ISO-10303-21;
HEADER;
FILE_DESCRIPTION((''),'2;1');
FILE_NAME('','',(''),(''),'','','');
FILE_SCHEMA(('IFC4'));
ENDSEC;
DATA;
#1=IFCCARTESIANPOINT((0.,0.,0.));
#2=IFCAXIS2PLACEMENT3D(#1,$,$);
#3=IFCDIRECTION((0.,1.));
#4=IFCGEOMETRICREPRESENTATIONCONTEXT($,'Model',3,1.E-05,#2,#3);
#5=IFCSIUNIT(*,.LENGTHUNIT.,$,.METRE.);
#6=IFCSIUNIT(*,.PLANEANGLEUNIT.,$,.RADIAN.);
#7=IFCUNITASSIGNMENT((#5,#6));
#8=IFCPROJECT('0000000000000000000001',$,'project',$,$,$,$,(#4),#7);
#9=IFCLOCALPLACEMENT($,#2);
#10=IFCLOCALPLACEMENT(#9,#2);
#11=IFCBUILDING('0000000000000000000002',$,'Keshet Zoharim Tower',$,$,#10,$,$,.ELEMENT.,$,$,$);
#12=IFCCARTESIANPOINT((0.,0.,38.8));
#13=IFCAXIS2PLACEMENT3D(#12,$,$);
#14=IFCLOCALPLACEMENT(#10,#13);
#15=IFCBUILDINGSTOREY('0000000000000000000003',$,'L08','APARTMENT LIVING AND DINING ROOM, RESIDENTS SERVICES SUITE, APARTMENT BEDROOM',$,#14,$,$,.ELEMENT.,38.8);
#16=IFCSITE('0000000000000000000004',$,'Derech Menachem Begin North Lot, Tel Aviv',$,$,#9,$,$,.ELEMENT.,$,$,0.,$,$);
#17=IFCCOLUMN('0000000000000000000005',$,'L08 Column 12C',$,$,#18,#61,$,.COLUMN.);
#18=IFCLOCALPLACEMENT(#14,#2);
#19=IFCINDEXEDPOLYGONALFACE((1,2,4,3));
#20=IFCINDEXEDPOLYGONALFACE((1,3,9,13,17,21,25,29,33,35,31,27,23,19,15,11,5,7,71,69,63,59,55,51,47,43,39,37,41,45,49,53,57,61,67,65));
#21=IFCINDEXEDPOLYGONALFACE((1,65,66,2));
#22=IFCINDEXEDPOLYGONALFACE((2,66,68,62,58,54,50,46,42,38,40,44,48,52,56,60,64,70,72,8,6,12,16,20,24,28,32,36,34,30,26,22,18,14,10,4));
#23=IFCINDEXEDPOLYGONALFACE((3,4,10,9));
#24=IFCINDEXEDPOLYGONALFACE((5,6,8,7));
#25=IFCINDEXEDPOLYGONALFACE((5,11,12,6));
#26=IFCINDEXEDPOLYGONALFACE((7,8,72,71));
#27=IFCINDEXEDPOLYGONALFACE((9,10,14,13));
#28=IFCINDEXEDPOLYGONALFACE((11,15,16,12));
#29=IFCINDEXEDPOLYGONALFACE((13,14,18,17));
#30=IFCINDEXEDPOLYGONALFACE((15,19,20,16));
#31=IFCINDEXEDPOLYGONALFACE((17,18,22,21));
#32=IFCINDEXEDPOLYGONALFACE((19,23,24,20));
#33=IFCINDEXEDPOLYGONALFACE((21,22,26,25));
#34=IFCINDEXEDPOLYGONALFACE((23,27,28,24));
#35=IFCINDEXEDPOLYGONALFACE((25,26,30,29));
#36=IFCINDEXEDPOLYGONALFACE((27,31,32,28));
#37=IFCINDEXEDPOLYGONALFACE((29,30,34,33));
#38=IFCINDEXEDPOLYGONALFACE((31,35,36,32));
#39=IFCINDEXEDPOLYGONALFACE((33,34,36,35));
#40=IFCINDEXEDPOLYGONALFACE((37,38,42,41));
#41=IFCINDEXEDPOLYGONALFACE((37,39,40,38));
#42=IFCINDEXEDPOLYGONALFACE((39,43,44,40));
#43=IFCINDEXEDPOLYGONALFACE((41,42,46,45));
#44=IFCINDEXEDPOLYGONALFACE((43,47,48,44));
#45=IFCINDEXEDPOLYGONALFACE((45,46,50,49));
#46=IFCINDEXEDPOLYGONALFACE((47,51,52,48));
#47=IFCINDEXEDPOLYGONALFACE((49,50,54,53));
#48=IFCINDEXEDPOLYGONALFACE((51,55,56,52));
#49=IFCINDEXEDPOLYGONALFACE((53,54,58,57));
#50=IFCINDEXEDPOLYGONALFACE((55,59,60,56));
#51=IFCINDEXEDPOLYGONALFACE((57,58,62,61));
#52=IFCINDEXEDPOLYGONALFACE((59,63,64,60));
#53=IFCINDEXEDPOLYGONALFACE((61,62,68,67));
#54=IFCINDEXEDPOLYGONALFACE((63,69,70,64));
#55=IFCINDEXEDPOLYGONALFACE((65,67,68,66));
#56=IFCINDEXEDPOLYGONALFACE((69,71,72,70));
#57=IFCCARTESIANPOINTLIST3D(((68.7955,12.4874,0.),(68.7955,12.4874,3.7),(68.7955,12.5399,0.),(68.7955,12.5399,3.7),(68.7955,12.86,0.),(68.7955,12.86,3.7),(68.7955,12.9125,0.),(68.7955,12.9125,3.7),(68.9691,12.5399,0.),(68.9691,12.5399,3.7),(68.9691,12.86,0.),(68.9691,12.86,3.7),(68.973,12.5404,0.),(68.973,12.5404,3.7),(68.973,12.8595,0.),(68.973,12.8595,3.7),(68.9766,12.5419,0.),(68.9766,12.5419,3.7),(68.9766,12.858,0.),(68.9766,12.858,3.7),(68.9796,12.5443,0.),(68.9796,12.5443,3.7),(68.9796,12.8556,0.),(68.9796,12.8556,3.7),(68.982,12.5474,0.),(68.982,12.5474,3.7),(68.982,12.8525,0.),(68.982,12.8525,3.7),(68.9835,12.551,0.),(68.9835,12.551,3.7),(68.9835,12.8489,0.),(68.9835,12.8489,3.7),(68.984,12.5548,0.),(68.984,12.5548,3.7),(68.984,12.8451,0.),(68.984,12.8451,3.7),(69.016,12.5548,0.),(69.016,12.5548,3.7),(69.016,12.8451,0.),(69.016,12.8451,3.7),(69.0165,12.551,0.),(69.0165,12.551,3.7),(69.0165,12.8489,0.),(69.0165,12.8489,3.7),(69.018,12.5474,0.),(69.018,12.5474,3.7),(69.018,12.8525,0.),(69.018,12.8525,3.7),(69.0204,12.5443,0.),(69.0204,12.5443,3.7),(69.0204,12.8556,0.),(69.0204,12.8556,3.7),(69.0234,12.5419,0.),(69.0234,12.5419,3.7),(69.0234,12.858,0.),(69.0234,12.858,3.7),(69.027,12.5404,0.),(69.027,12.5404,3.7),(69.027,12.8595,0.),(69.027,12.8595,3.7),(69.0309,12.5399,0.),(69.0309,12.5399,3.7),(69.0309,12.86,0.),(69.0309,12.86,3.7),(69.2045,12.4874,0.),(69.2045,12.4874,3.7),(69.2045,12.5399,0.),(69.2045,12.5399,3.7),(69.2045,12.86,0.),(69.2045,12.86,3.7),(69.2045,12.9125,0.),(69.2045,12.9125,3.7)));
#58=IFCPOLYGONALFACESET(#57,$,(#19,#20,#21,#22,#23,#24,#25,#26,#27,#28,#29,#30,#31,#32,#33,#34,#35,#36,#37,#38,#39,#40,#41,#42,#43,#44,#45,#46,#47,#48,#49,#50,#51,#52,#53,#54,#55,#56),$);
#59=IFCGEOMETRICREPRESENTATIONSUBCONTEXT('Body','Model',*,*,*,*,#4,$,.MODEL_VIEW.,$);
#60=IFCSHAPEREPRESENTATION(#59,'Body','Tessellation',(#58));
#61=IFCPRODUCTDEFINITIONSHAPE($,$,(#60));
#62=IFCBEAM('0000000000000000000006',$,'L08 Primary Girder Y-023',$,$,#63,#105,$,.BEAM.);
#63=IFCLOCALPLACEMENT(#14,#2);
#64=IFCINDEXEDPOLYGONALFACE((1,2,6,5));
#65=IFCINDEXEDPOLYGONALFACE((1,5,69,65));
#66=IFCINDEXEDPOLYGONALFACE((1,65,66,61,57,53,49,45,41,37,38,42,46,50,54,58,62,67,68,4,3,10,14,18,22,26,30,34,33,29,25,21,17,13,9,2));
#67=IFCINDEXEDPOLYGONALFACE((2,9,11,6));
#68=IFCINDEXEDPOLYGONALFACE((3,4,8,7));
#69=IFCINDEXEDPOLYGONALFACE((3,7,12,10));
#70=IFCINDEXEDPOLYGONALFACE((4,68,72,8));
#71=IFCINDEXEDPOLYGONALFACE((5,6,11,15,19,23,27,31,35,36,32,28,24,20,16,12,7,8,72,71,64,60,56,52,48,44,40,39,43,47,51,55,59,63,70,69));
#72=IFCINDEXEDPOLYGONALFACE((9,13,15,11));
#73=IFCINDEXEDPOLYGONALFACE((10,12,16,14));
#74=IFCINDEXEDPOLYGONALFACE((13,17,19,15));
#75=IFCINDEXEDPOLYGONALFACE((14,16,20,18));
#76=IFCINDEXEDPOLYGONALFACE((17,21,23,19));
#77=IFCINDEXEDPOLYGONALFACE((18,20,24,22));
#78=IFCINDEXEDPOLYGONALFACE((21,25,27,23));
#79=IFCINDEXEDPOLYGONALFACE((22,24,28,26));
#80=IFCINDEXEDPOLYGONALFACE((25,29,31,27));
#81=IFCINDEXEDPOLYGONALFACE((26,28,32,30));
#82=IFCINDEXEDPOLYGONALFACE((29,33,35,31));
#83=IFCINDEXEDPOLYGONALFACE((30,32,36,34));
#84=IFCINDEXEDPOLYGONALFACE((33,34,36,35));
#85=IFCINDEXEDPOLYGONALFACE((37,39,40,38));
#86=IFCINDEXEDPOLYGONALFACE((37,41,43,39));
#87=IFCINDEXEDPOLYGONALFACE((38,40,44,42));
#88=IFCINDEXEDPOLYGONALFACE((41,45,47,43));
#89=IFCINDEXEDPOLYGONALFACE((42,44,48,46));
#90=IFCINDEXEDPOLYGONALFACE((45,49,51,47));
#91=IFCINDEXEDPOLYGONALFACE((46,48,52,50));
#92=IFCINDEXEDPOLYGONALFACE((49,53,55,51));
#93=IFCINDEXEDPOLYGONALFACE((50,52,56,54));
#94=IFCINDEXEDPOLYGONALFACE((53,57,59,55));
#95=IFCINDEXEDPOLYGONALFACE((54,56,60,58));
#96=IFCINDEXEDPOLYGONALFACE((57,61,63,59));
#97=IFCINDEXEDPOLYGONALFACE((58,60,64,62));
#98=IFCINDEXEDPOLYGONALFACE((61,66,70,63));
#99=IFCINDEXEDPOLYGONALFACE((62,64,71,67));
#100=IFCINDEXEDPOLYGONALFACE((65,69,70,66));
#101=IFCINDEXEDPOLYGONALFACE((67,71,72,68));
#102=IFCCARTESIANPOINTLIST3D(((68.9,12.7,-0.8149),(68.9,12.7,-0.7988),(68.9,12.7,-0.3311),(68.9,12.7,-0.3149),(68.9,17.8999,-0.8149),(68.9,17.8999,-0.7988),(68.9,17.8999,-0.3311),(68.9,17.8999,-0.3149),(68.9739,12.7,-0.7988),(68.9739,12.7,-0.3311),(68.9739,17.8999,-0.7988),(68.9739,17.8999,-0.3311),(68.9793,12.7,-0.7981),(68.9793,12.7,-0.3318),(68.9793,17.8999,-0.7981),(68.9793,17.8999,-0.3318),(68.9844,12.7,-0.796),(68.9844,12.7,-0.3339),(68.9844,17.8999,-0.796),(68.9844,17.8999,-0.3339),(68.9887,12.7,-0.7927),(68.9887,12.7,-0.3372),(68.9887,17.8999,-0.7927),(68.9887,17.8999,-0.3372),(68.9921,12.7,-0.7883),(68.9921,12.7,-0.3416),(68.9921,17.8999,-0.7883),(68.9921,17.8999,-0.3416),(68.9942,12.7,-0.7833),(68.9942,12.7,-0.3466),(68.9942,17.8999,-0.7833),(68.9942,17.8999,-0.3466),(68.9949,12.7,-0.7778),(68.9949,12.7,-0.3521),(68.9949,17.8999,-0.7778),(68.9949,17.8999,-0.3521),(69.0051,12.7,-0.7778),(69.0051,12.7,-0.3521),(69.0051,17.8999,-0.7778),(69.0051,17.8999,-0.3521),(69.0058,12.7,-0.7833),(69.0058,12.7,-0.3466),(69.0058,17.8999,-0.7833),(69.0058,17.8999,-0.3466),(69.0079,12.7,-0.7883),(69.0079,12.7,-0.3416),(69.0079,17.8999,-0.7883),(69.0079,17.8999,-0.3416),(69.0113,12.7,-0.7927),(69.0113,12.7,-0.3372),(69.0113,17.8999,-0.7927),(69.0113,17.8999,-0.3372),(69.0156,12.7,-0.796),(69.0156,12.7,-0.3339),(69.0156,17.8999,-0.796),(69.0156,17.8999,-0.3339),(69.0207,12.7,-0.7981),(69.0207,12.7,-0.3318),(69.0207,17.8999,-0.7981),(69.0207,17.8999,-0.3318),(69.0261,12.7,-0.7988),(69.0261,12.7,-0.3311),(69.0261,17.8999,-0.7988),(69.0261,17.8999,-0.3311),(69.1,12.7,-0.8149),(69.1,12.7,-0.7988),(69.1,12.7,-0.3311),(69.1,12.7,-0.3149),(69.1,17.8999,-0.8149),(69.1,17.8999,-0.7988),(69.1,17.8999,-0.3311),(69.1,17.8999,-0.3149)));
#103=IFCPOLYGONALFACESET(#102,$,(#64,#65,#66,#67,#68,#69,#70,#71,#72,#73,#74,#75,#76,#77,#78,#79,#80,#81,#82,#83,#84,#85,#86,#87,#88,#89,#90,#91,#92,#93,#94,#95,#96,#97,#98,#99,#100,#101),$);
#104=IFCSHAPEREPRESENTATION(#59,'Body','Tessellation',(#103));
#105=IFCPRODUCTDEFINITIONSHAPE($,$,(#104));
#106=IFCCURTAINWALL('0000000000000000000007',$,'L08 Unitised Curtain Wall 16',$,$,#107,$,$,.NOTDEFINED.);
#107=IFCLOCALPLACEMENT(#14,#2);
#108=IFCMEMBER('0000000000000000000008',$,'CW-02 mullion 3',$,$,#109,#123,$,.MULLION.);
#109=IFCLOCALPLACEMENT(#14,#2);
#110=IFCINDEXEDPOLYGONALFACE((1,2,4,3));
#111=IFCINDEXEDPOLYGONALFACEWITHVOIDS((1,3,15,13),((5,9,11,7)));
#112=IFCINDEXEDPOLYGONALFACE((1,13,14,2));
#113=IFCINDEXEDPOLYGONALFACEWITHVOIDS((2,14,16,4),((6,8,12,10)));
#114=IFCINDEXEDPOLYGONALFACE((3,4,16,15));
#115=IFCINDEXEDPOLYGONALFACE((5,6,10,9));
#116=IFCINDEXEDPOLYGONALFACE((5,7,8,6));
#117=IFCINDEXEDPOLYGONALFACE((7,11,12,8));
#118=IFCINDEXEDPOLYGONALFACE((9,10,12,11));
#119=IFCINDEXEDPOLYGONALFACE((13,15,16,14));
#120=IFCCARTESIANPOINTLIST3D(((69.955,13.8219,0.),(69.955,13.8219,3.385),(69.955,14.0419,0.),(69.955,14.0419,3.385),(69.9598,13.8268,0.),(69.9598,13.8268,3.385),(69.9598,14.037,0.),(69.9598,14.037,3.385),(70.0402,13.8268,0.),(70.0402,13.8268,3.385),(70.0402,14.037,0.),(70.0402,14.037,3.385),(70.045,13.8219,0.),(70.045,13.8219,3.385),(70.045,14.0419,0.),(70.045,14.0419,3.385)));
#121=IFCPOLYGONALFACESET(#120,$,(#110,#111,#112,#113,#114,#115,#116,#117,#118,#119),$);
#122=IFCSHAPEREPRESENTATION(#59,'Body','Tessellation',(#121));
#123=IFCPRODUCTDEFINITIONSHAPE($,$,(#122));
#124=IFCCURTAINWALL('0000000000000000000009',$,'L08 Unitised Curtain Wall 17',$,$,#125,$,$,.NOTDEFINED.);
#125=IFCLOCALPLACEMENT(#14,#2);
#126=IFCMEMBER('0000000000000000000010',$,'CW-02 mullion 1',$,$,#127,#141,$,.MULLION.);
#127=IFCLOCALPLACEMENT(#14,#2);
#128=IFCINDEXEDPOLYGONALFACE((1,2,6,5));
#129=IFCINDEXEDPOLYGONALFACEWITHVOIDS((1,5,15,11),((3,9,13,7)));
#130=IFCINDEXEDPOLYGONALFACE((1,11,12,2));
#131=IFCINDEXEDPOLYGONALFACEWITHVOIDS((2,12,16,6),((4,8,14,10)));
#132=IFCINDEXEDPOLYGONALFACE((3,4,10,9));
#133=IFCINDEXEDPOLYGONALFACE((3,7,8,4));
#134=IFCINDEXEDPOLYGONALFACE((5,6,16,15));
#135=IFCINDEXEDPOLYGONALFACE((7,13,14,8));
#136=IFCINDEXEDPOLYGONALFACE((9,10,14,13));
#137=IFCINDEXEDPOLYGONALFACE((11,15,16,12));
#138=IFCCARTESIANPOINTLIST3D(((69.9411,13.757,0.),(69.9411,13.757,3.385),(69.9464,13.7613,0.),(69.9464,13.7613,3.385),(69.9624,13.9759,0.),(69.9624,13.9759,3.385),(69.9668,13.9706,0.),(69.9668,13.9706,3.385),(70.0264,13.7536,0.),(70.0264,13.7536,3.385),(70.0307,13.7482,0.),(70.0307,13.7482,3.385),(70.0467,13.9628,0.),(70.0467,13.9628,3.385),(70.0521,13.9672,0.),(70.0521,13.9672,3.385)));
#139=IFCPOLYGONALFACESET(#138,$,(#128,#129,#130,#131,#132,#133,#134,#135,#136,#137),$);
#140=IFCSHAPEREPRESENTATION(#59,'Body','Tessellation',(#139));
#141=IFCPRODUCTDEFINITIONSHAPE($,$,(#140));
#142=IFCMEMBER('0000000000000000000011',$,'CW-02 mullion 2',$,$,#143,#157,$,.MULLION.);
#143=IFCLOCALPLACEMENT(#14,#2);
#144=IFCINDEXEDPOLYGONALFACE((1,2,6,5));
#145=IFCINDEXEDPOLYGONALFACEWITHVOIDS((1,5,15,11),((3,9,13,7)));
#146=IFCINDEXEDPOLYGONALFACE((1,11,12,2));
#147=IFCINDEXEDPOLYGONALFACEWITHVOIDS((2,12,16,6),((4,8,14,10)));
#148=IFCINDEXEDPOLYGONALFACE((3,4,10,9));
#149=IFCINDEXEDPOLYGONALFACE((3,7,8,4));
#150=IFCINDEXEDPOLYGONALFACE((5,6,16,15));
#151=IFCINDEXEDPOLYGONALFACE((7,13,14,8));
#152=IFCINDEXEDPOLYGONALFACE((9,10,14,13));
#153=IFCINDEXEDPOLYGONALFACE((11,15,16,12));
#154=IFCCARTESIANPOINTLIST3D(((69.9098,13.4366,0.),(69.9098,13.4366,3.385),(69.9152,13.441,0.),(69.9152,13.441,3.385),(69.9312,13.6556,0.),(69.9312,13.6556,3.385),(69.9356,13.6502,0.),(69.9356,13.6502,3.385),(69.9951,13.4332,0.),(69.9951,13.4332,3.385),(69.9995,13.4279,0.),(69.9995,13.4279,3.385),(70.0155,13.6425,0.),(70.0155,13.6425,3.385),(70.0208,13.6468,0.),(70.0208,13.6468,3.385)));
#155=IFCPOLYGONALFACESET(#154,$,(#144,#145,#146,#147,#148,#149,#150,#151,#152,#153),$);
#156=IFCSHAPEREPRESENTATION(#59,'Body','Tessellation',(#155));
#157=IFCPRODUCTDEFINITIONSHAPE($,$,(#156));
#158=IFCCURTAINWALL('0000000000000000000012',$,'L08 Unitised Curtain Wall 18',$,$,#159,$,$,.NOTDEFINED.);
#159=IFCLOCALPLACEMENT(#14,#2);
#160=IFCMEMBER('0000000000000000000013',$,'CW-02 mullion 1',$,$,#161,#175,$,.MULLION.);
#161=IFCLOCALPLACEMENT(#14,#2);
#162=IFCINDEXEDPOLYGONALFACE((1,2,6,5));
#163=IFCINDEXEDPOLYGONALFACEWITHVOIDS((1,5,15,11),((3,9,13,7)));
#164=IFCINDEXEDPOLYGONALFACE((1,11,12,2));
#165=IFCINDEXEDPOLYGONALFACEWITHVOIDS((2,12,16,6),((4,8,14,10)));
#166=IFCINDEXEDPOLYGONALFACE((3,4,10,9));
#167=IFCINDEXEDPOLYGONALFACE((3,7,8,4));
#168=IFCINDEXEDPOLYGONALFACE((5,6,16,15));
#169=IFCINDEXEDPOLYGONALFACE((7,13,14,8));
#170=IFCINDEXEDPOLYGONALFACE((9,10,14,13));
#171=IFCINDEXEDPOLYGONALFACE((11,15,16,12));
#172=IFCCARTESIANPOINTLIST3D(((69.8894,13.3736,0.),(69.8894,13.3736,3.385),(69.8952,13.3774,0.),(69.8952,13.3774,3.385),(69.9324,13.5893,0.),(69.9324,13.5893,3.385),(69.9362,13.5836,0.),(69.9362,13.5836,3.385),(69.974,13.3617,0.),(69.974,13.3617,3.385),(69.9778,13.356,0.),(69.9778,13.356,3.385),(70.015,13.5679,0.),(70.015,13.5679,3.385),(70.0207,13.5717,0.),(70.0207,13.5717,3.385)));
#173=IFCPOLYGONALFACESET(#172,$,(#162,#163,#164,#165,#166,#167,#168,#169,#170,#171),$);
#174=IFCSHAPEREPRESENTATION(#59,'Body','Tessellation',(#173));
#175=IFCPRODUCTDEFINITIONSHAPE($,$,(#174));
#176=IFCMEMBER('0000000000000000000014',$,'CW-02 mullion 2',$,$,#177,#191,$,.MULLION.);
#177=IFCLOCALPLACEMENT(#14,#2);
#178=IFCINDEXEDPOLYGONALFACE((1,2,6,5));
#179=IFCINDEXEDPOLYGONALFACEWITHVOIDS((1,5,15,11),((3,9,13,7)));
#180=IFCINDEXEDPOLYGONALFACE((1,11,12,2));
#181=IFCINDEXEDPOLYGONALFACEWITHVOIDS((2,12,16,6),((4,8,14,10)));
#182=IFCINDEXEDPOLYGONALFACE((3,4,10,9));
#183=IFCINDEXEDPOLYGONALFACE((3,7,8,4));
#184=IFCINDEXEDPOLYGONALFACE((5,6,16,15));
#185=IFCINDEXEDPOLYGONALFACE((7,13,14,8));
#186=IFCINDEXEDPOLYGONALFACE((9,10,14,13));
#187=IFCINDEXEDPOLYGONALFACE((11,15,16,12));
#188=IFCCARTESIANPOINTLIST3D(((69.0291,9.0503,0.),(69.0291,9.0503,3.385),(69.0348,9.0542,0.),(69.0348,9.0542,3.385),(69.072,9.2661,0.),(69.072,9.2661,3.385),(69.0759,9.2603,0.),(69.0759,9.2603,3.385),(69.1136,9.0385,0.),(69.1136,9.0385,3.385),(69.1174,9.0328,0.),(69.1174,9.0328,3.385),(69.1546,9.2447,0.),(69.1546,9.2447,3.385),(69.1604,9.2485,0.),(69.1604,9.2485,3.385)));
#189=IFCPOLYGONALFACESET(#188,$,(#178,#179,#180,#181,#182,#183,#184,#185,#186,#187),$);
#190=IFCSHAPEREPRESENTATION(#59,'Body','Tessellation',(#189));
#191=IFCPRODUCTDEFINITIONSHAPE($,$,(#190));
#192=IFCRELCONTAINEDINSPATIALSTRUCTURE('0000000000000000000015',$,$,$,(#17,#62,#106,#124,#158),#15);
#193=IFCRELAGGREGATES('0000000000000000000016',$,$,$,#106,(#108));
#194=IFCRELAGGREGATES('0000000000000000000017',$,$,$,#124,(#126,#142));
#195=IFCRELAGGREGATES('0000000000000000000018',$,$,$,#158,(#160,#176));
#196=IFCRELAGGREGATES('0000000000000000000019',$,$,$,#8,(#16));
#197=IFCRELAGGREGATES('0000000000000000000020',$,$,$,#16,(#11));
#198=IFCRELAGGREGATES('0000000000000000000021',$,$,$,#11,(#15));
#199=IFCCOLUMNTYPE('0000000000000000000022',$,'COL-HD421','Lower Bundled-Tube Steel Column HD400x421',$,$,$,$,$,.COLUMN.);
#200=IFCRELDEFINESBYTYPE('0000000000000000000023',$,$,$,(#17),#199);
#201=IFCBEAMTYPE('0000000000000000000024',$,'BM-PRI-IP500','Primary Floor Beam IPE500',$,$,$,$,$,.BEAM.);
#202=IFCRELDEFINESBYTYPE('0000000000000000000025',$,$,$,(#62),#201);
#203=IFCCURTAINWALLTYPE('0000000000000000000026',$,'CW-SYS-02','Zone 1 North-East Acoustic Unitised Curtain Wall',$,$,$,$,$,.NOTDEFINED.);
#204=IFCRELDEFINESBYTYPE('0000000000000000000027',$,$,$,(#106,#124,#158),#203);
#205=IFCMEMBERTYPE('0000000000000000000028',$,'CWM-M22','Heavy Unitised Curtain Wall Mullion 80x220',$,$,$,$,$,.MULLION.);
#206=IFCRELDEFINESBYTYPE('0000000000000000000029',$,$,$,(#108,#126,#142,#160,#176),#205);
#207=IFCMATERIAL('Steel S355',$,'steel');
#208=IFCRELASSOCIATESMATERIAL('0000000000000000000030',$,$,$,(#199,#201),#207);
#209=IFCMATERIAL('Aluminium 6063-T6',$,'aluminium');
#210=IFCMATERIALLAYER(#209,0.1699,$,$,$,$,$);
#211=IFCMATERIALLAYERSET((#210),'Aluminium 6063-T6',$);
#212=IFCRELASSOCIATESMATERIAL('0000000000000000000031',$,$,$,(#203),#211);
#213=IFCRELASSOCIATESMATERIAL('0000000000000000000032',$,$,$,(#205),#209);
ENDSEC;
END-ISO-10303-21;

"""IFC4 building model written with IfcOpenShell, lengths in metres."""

from ifc_helpers import new_model, si_unit, direction, frame, origin, origin_2d, place, context, subcontext, project, spatial, hollow_rectangle, i_section, extrude, material, layer, layer_set, material_profile, profile_set, type_object, element, aggregate, save


model = new_model("IFC4")

# Units and contexts
model_context = context("Model", 3, precision=1e-05, world=origin(), true_north=direction((0.0, 1.0)))
body_context = subcontext(model_context, "Body", "Model", "MODEL_VIEW")
ifc_project = project(units=[si_unit("LENGTHUNIT", "METRE"), si_unit("PLANEANGLEUNIT", "RADIAN")], contexts=[model_context])

# Site, building, storey
site_placement = place(None, origin())
site = spatial("IfcSite", under=ifc_project, at=site_placement, Name="Derech Menachem Begin North Lot, Tel Aviv", CompositionType="ELEMENT", RefElevation=0.0)
building_placement = place(site_placement, origin())
building = spatial("IfcBuilding", under=site, at=building_placement, Name="Keshet Zoharim Tower", CompositionType="ELEMENT")
storey_placement = place(building_placement, frame((0.0, 0.0, 38.8)))
storey = spatial("IfcBuildingStorey", under=building, at=storey_placement, Name="L08", Description="APARTMENT LIVING AND DINING ROOM, RESIDENTS SERVICES SUITE, APARTMENT BEDROOM", CompositionType="ELEMENT", Elevation=38.8)

# Column
ifc_material_1 = material(Name="Steel S355", Category="steel")
ifc_material_profile_1 = material_profile(ifc_material_1, i_section(OverallWidth=0.4089, OverallDepth=0.425, WebThickness=0.032, FlangeThickness=0.0525, FilletRadius=0.0149, at=origin_2d()), Name="HD400x421")
ifc_profile_set_1 = profile_set([ifc_material_profile_1], Name="Steel S355")
column_type = type_object("IfcColumnType", Name="COL-HD421", Description="Lower Bundled-Tube Steel Column HD400x421", PredefinedType="COLUMN", material=ifc_profile_set_1)
column_placement = place(storey_placement, frame((69.0, 12.7, 0.0), z_axis=(0.0, 0.0, 1.0), x_axis=(1.0, 0.0, 0.0)))
element("IfcColumn", 1, at=column_placement, inside=storey, type_object=column_type, Name="L08 Column 12C", PredefinedType="COLUMN", context=body_context, shape_type="SweptSolid", body=[
    extrude(i_section(OverallWidth=0.4089, OverallDepth=0.425, WebThickness=0.032, FlangeThickness=0.0525, FilletRadius=0.0149, at=origin_2d()), origin(), (0.0, 0.0, 1.0), 3.7),
])

# Beam
ifc_material_profile_2 = material_profile(ifc_material_1, i_section(OverallWidth=0.2, OverallDepth=0.5, WebThickness=0.0103, FlangeThickness=0.0161, FilletRadius=0.021, at=origin_2d()), Name="IPE500")
ifc_profile_set_2 = profile_set([ifc_material_profile_2], Name="Steel S355")
beam_type = type_object("IfcBeamType", Name="BM-PRI-IP500", Description="Primary Floor Beam IPE500", PredefinedType="BEAM", material=ifc_profile_set_2)
beam_placement = place(storey_placement, frame((69.0, 12.7, -0.5649), z_axis=(0.0, 1.0, 0.0), x_axis=(-1.0, 0.0, 0.0)))
element("IfcBeam", 2, at=beam_placement, inside=storey, type_object=beam_type, Name="L08 Primary Girder Y-023", PredefinedType="BEAM", context=body_context, shape_type="SweptSolid", body=[
    extrude(i_section(OverallWidth=0.2, OverallDepth=0.5, WebThickness=0.0103, FlangeThickness=0.0161, FilletRadius=0.021, at=origin_2d()), origin(), (0.0, 0.0, 1.0), 5.2),
])

# Curtain wall, member
ifc_material_2 = material(Name="Aluminium 6063-T6", Category="aluminium")
ifc_layer_1 = layer(ifc_material_2, 0.1699)
ifc_layer_set_1 = layer_set([ifc_layer_1], Name="Aluminium 6063-T6")
curtain_wall_type_1 = type_object("IfcCurtainWallType", Name="CW-SYS-02", Description="Zone 1 North-East Acoustic Unitised Curtain Wall", PredefinedType="NOTDEFINED", material=ifc_layer_set_1)
curtain_wall_1_placement = place(storey_placement, origin())
curtain_wall_1 = element("IfcCurtainWall", 3, at=curtain_wall_1_placement, inside=storey, type_object=curtain_wall_type_1, Name="L08 Unitised Curtain Wall 16", PredefinedType="NOTDEFINED")
ifc_material_profile_3 = material_profile(ifc_material_2, hollow_rectangle(XDim=0.0901, YDim=0.22, WallThickness=0.0049, at=origin_2d()), Name="MUL-90x220")
ifc_profile_set_3 = profile_set([ifc_material_profile_3], Name="Aluminium 6063-T6")
member_type_1 = type_object("IfcMemberType", Name="CWM-M22", Description="Heavy Unitised Curtain Wall Mullion 80x220", PredefinedType="MULLION", material=ifc_profile_set_3)
member_1_placement = place(storey_placement, frame((70.0, 13.9319, 0.0), z_axis=(0.0, 0.0, 1.0), x_axis=(1.0, 0.0, 0.0)))
member_1 = element("IfcMember", 4, at=member_1_placement, type_object=member_type_1, Name="CW-02 mullion 3", PredefinedType="MULLION", context=body_context, shape_type="SweptSolid", body=[
    extrude(hollow_rectangle(XDim=0.0901, YDim=0.22, WallThickness=0.0049, at=origin_2d()), origin(), (0.0, 0.0, 1.0), 3.385),
])
aggregate(curtain_wall_1, [member_1])

# Curtain walls, members
curtain_wall_2_placement = place(storey_placement, origin())
curtain_wall_2 = element("IfcCurtainWall", 5, at=curtain_wall_2_placement, inside=storey, type_object=curtain_wall_type_1, Name="L08 Unitised Curtain Wall 17", PredefinedType="NOTDEFINED")
member_2_placement = place(storey_placement, frame((69.9966, 13.8621, 0.0), z_axis=(0.0, 0.0, 1.0), x_axis=(0.995287, -0.096977, 0.0)))
member_2 = element("IfcMember", 6, at=member_2_placement, type_object=member_type_1, Name="CW-02 mullion 1", PredefinedType="MULLION", context=body_context, shape_type="SweptSolid", body=[
    extrude(hollow_rectangle(XDim=0.0901, YDim=0.22, WallThickness=0.0049, at=origin_2d()), origin(), (0.0, 0.0, 1.0), 3.385),
])
member_3_placement = place(storey_placement, frame((69.9653, 13.5417, 0.0), z_axis=(0.0, 0.0, 1.0), x_axis=(0.995287, -0.096977, 0.0)))
member_3 = element("IfcMember", 7, at=member_3_placement, type_object=member_type_1, Name="CW-02 mullion 2", PredefinedType="MULLION", context=body_context, shape_type="SweptSolid", body=[
    extrude(hollow_rectangle(XDim=0.0901, YDim=0.22, WallThickness=0.0049, at=origin_2d()), origin(), (0.0, 0.0, 1.0), 3.385),
])
curtain_wall_3_placement = place(storey_placement, origin())
curtain_wall_3 = element("IfcCurtainWall", 8, at=curtain_wall_3_placement, inside=storey, type_object=curtain_wall_type_1, Name="L08 Unitised Curtain Wall 18", PredefinedType="NOTDEFINED")
member_4_placement = place(storey_placement, frame((69.9551, 13.4727, 0.0), z_axis=(0.0, 0.0, 1.0), x_axis=(0.980769, -0.195171, 0.0)))
member_4 = element("IfcMember", 9, at=member_4_placement, type_object=member_type_1, Name="CW-02 mullion 1", PredefinedType="MULLION", context=body_context, shape_type="SweptSolid", body=[
    extrude(hollow_rectangle(XDim=0.0901, YDim=0.22, WallThickness=0.0049, at=origin_2d()), origin(), (0.0, 0.0, 1.0), 3.385),
])
member_5_placement = place(storey_placement, frame((69.0947, 9.1494, 0.0), z_axis=(0.0, 0.0, 1.0), x_axis=(0.980769, -0.195171, 0.0)))
member_5 = element("IfcMember", 10, at=member_5_placement, type_object=member_type_1, Name="CW-02 mullion 2", PredefinedType="MULLION", context=body_context, shape_type="SweptSolid", body=[
    extrude(hollow_rectangle(XDim=0.0901, YDim=0.22, WallThickness=0.0049, at=origin_2d()), origin(), (0.0, 0.0, 1.0), 3.385),
])

aggregate(curtain_wall_2, [member_2, member_3])
aggregate(curtain_wall_3, [member_4, member_5])

save(model, "model.ifc")
